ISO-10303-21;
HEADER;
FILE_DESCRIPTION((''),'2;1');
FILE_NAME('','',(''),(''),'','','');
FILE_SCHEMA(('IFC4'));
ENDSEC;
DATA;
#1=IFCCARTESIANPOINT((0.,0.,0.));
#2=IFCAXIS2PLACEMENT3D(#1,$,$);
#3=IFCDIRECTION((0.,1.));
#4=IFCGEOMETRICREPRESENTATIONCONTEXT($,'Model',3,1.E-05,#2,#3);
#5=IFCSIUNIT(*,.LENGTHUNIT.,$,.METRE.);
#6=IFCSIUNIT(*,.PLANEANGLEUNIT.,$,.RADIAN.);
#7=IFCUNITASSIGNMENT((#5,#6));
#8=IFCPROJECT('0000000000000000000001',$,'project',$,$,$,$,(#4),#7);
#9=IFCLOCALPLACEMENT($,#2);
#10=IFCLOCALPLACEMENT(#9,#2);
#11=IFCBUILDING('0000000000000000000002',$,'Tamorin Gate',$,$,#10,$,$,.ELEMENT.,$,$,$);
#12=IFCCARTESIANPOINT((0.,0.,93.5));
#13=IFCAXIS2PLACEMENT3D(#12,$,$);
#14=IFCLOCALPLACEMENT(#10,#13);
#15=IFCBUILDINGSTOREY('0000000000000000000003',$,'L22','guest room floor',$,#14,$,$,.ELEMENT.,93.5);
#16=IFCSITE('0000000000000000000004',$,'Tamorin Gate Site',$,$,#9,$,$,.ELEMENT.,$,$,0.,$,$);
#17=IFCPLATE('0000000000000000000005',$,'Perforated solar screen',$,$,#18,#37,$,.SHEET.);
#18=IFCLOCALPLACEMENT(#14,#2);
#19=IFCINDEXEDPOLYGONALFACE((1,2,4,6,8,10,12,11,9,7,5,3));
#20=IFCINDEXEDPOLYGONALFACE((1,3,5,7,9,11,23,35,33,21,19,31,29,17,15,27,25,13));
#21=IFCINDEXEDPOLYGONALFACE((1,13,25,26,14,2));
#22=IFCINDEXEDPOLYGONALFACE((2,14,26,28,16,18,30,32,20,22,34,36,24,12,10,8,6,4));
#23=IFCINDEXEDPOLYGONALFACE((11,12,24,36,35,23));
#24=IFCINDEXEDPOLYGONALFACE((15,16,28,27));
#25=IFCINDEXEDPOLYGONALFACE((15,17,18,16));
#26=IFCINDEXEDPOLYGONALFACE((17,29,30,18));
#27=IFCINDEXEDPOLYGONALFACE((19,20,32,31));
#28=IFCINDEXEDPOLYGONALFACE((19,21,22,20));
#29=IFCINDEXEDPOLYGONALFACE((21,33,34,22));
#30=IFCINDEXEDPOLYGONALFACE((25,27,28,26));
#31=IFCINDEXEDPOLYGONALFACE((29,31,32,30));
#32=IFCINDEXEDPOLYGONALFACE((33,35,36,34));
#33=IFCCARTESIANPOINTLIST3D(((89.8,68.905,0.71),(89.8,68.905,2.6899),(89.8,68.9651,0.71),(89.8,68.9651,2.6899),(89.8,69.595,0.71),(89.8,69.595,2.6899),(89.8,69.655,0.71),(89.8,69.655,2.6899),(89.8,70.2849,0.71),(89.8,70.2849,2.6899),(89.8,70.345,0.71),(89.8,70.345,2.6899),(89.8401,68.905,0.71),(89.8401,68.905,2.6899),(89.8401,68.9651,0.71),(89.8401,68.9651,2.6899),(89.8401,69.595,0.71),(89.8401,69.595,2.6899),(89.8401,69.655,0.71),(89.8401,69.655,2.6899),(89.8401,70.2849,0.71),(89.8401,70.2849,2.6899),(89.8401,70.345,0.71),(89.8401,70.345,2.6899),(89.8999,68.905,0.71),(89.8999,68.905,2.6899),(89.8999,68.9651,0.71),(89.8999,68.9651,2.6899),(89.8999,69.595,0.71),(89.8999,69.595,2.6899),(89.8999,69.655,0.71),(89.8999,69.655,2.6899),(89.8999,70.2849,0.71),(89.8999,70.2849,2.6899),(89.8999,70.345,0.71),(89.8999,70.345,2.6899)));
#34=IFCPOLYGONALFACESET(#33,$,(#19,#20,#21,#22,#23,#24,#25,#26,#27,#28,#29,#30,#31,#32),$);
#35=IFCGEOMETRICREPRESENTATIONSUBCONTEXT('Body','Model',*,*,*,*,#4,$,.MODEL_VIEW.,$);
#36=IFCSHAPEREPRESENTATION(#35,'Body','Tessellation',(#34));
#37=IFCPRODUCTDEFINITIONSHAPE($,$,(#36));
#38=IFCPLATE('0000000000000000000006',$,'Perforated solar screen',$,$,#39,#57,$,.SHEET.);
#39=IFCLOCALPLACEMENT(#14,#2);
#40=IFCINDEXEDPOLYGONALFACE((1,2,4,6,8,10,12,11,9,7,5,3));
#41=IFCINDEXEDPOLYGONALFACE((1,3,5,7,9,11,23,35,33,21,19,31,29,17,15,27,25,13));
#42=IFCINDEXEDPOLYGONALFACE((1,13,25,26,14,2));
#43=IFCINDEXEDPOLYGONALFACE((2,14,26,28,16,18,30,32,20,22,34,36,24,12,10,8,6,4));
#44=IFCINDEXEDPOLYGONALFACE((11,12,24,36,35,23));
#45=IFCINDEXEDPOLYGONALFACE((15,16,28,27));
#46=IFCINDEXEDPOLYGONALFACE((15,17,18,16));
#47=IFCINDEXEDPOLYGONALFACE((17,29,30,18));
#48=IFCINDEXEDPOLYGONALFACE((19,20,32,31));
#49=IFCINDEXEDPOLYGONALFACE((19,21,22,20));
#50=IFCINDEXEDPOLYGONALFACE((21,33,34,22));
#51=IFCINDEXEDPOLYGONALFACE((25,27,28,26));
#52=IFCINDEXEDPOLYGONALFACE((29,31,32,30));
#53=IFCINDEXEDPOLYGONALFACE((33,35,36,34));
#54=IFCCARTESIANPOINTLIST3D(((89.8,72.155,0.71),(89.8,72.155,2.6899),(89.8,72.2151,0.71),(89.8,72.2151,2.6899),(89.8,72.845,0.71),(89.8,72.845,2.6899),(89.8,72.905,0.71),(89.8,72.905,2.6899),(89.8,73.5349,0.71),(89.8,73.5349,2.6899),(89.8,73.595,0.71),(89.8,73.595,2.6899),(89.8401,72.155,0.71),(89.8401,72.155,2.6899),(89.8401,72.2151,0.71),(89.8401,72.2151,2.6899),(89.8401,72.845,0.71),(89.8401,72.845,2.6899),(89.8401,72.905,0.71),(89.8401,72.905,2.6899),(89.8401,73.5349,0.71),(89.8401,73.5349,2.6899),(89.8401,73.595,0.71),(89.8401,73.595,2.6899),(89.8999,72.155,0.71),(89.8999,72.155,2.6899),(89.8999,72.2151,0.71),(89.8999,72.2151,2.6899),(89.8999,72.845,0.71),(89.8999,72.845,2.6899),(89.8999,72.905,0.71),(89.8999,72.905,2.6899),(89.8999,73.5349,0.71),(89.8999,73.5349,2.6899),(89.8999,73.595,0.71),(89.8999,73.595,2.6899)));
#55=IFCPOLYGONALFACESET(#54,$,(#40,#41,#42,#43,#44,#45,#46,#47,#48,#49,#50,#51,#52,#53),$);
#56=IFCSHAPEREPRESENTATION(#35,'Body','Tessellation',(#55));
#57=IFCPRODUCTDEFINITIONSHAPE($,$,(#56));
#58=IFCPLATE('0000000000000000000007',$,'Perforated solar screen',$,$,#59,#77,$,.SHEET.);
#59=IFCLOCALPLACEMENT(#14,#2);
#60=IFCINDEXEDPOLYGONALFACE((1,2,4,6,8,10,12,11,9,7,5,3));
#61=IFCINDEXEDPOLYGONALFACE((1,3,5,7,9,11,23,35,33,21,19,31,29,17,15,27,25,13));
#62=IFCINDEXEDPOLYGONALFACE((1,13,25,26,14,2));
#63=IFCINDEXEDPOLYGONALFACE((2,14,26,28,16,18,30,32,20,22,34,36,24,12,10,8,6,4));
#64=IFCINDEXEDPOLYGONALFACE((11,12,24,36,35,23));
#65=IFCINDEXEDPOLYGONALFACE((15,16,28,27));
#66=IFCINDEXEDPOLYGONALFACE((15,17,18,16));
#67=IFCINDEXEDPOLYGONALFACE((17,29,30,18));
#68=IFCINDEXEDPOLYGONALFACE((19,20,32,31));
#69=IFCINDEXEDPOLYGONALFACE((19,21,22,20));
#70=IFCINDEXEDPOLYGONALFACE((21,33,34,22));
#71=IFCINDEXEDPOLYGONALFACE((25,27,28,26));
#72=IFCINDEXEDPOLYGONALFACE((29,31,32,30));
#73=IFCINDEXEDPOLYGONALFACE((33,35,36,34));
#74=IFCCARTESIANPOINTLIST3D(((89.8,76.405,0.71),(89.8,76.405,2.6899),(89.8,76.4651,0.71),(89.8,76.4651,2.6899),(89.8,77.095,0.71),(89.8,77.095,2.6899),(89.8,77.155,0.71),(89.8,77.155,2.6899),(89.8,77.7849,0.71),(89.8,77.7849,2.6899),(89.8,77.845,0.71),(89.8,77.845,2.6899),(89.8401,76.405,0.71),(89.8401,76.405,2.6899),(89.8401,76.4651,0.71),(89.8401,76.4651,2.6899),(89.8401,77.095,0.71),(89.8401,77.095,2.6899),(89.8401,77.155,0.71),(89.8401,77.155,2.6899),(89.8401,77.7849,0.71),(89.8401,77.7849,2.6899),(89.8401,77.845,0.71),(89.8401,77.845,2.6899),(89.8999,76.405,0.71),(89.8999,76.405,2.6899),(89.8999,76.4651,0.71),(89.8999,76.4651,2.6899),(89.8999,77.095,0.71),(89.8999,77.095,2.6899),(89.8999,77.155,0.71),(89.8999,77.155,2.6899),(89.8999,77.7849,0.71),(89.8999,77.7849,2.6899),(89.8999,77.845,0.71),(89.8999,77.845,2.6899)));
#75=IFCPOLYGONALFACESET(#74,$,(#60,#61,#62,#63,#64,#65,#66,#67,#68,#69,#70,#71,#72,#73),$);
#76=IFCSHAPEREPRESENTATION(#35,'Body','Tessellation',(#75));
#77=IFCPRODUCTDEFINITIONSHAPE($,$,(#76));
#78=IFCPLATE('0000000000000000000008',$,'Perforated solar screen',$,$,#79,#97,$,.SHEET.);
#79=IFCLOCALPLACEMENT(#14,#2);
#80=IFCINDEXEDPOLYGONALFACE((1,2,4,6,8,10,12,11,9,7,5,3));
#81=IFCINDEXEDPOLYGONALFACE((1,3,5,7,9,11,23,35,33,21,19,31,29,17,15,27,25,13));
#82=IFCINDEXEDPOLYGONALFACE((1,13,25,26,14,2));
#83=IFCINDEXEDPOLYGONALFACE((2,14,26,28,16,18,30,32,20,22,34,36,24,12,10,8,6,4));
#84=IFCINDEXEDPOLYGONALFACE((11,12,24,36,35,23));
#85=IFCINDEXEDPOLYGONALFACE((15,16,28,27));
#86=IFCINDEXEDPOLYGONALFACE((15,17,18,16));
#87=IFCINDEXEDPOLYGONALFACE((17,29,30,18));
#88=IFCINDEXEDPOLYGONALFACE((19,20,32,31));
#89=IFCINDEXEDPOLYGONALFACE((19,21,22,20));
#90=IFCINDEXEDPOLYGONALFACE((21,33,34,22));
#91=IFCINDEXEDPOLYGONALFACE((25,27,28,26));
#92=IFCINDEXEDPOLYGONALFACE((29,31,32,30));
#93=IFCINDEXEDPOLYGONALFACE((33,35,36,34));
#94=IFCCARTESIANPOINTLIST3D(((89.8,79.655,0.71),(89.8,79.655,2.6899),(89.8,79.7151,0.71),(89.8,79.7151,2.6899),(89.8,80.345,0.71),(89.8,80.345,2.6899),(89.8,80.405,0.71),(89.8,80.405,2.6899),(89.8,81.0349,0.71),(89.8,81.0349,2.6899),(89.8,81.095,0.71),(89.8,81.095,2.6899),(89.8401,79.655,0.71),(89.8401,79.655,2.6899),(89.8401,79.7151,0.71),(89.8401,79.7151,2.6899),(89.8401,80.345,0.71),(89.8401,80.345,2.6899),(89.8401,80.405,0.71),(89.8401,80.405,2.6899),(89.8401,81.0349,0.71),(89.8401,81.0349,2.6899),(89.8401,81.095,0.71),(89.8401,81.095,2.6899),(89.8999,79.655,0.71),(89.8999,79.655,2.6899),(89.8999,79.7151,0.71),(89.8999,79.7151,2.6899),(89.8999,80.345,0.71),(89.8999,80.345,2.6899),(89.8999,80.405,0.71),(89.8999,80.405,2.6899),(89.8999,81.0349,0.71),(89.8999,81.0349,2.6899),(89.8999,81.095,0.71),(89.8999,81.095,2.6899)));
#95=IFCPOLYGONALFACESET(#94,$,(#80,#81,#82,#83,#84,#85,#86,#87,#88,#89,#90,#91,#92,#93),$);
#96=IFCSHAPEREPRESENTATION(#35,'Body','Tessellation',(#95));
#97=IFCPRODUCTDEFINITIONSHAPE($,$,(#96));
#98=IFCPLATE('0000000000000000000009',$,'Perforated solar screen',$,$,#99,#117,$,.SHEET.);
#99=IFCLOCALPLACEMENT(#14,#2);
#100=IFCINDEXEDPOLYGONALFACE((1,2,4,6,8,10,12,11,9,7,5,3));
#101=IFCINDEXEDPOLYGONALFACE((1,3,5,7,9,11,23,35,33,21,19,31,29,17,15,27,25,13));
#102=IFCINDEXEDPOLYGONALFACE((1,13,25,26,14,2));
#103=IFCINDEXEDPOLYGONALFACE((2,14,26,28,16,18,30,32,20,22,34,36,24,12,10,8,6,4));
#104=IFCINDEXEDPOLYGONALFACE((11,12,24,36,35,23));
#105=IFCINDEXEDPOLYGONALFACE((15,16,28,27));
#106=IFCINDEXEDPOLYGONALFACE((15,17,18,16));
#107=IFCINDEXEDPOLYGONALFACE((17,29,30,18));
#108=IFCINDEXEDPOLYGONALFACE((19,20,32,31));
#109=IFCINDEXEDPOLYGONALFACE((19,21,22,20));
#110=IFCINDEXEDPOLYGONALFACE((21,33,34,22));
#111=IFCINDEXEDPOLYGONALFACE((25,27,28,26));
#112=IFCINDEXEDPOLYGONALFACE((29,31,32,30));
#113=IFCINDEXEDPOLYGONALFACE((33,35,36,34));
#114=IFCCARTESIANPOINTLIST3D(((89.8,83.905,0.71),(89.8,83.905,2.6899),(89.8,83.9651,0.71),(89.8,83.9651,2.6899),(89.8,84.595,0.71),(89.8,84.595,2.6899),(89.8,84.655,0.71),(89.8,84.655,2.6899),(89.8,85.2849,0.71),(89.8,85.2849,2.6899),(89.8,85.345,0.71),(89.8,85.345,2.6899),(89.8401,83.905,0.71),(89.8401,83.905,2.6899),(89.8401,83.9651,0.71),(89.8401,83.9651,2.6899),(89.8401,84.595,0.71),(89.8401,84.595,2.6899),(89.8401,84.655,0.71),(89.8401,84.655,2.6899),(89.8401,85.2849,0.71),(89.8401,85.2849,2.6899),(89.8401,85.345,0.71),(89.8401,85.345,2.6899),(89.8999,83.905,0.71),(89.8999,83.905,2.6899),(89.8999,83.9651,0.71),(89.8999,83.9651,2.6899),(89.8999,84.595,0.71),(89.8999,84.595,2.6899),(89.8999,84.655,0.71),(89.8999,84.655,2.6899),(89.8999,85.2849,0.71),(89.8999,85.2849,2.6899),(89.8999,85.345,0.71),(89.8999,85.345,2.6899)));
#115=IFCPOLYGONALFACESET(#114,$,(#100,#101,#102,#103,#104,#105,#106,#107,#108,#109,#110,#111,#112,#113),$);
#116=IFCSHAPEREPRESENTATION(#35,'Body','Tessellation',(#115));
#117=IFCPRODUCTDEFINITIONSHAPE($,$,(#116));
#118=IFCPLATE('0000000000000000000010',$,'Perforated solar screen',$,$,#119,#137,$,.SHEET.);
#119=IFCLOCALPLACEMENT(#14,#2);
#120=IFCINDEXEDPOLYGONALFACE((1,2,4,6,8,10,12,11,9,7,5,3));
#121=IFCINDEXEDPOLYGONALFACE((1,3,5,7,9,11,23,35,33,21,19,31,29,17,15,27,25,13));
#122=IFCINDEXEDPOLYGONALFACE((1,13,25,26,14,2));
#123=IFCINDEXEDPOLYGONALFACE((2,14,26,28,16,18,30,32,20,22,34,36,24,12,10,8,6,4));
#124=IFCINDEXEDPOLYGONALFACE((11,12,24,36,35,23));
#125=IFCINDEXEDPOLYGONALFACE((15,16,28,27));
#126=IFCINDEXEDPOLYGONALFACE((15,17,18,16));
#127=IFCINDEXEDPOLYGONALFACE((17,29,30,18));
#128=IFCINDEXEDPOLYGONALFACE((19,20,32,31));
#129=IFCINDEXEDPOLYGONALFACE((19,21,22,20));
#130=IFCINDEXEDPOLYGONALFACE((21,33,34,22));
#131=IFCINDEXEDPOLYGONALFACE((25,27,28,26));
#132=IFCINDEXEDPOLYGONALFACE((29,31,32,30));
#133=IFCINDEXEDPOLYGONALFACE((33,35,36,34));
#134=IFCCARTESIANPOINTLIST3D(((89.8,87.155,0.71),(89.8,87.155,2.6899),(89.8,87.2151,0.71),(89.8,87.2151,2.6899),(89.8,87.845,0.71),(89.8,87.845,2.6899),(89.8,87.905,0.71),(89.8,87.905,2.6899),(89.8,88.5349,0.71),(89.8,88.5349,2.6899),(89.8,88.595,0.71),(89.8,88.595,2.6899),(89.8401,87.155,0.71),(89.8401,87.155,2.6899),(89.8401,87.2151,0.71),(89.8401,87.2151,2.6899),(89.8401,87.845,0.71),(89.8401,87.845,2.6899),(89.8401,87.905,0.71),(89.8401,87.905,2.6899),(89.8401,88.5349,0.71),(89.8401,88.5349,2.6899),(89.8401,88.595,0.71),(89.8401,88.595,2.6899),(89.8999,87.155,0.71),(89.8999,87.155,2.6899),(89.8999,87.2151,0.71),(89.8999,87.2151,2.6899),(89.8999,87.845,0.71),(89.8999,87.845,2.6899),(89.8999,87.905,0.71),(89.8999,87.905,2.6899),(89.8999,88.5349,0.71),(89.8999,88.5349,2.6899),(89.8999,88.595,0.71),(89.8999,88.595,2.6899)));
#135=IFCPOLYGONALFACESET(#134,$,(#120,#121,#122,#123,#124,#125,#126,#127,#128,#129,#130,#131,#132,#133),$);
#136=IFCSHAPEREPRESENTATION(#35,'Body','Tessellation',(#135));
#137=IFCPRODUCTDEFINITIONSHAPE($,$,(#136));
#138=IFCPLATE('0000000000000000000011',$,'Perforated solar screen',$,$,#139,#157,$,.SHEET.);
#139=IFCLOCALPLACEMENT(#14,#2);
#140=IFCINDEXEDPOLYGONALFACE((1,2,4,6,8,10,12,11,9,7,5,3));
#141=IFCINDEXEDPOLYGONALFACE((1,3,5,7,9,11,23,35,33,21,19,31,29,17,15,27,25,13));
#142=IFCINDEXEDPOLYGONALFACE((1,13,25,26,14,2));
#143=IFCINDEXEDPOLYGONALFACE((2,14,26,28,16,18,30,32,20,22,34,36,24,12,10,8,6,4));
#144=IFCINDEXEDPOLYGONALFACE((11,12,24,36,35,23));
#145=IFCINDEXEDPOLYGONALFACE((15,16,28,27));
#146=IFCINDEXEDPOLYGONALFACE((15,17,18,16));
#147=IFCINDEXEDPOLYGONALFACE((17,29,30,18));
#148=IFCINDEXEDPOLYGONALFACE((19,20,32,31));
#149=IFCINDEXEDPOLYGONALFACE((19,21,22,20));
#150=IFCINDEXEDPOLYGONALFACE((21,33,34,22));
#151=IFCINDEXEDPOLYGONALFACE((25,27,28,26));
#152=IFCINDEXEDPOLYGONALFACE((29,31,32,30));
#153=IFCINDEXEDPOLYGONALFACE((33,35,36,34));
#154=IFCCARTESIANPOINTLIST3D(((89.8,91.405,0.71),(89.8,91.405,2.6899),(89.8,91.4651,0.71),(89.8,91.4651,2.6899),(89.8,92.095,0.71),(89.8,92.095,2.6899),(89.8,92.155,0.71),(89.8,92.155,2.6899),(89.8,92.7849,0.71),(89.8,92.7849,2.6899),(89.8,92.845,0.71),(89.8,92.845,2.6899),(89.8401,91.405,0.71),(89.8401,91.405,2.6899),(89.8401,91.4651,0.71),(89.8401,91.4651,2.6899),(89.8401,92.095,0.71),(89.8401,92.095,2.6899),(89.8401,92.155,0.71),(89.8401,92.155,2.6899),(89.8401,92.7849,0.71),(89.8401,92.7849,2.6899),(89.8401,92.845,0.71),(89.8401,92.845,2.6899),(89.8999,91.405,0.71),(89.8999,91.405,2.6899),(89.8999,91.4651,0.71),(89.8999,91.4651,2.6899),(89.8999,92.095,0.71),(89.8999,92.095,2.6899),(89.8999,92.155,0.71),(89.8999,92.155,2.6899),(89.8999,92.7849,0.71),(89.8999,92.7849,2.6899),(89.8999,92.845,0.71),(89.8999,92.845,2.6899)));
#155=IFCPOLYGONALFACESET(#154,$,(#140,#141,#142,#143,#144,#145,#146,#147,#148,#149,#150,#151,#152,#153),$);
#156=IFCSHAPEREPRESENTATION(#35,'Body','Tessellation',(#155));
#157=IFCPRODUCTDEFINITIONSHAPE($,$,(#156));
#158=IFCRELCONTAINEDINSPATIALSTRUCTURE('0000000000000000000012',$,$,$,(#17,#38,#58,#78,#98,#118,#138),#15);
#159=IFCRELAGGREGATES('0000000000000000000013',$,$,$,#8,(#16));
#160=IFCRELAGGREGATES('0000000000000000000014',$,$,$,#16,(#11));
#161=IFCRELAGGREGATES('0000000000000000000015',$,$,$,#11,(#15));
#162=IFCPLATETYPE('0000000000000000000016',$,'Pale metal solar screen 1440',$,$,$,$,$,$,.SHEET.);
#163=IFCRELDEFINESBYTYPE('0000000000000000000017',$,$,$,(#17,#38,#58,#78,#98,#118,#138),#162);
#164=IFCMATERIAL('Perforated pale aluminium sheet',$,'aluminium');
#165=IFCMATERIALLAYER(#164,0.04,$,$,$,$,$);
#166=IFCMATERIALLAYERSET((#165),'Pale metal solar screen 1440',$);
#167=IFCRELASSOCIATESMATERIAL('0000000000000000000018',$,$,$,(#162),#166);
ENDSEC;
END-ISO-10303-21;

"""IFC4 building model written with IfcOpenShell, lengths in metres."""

from ifc_helpers import new_model, si_unit, direction, frame, origin, place, context, subcontext, project, spatial, polyline, outline, extrude, material, layer, layer_set, type_object, element, save


model = new_model("IFC4")

# Units and contexts
model_context = context("Model", 3, precision=1e-05, world=origin(), true_north=direction((0.0, 1.0)))
body_context = subcontext(model_context, "Body", "Model", "MODEL_VIEW")
ifc_project = project(units=[si_unit("LENGTHUNIT", "METRE"), si_unit("PLANEANGLEUNIT", "RADIAN")], contexts=[model_context])

# Site, building, storey
site_placement = place(None, origin())
site = spatial("IfcSite", under=ifc_project, at=site_placement, Name="Tamorin Gate Site", CompositionType="ELEMENT", RefElevation=0.0)
building_placement = place(site_placement, origin())
building = spatial("IfcBuilding", under=site, at=building_placement, Name="Tamorin Gate", CompositionType="ELEMENT")
storey_placement = place(building_placement, frame((0.0, 0.0, 93.5)))
storey = spatial("IfcBuildingStorey", under=building, at=storey_placement, Name="L22", Description="guest room floor", CompositionType="ELEMENT", Elevation=93.5)

# Plates
ifc_material = material(Name="Perforated pale aluminium sheet", Category="aluminium")
ifc_layer = layer(ifc_material, 0.04)
ifc_layer_set = layer_set([ifc_layer], Name="Pale metal solar screen 1440")
plate_type = type_object("IfcPlateType", Name="Pale metal solar screen 1440", PredefinedType="SHEET", material=ifc_layer_set)
plate_1_placement = place(storey_placement, frame((0.0, 0.0, 0.71)))
element("IfcPlate", 1, at=plate_1_placement, inside=storey, type_object=plate_type, Name="Perforated solar screen", PredefinedType="SHEET", context=body_context, shape_type="SweptSolid", body=[
    extrude(outline(polyline([(89.8401, 68.905), (89.8, 68.905), (89.8, 68.9651), (89.8, 69.595), (89.8, 69.655), (89.8, 70.2849), (89.8, 70.345), (89.8401, 70.345), (89.8999, 70.345), (89.8999, 70.2849), (89.8401, 70.2849), (89.8401, 69.655), (89.8999, 69.655), (89.8999, 69.595), (89.8401, 69.595), (89.8401, 68.9651), (89.8999, 68.9651), (89.8999, 68.905), (89.8401, 68.905)])), origin(), (0.0, 0.0, 1.0), 1.98),
])
plate_2_placement = place(storey_placement, frame((0.0, 0.0, 0.71)))
element("IfcPlate", 2, at=plate_2_placement, inside=storey, type_object=plate_type, Name="Perforated solar screen", PredefinedType="SHEET", context=body_context, shape_type="SweptSolid", body=[
    extrude(outline(polyline([(89.8401, 72.155), (89.8, 72.155), (89.8, 72.2151), (89.8, 72.845), (89.8, 72.905), (89.8, 73.5349), (89.8, 73.595), (89.8401, 73.595), (89.8999, 73.595), (89.8999, 73.5349), (89.8401, 73.5349), (89.8401, 72.905), (89.8999, 72.905), (89.8999, 72.845), (89.8401, 72.845), (89.8401, 72.2151), (89.8999, 72.2151), (89.8999, 72.155), (89.8401, 72.155)])), origin(), (0.0, 0.0, 1.0), 1.98),
])
plate_3_placement = place(storey_placement, frame((0.0, 0.0, 0.71)))
element("IfcPlate", 3, at=plate_3_placement, inside=storey, type_object=plate_type, Name="Perforated solar screen", PredefinedType="SHEET", context=body_context, shape_type="SweptSolid", body=[
    extrude(outline(polyline([(89.8401, 76.405), (89.8, 76.405), (89.8, 76.4651), (89.8, 77.095), (89.8, 77.155), (89.8, 77.7849), (89.8, 77.845), (89.8401, 77.845), (89.8999, 77.845), (89.8999, 77.7849), (89.8401, 77.7849), (89.8401, 77.155), (89.8999, 77.155), (89.8999, 77.095), (89.8401, 77.095), (89.8401, 76.4651), (89.8999, 76.4651), (89.8999, 76.405), (89.8401, 76.405)])), origin(), (0.0, 0.0, 1.0), 1.98),
])
plate_4_placement = place(storey_placement, frame((0.0, 0.0, 0.71)))
element("IfcPlate", 4, at=plate_4_placement, inside=storey, type_object=plate_type, Name="Perforated solar screen", PredefinedType="SHEET", context=body_context, shape_type="SweptSolid", body=[
    extrude(outline(polyline([(89.8401, 79.655), (89.8, 79.655), (89.8, 79.7151), (89.8, 80.345), (89.8, 80.405), (89.8, 81.0349), (89.8, 81.095), (89.8401, 81.095), (89.8999, 81.095), (89.8999, 81.0349), (89.8401, 81.0349), (89.8401, 80.405), (89.8999, 80.405), (89.8999, 80.345), (89.8401, 80.345), (89.8401, 79.7151), (89.8999, 79.7151), (89.8999, 79.655), (89.8401, 79.655)])), origin(), (0.0, 0.0, 1.0), 1.98),
])
plate_5_placement = place(storey_placement, frame((0.0, 0.0, 0.71)))
element("IfcPlate", 5, at=plate_5_placement, inside=storey, type_object=plate_type, Name="Perforated solar screen", PredefinedType="SHEET", context=body_context, shape_type="SweptSolid", body=[
    extrude(outline(polyline([(89.8401, 83.905), (89.8, 83.905), (89.8, 83.9651), (89.8, 84.595), (89.8, 84.655), (89.8, 85.2849), (89.8, 85.345), (89.8401, 85.345), (89.8999, 85.345), (89.8999, 85.2849), (89.8401, 85.2849), (89.8401, 84.655), (89.8999, 84.655), (89.8999, 84.595), (89.8401, 84.595), (89.8401, 83.9651), (89.8999, 83.9651), (89.8999, 83.905), (89.8401, 83.905)])), origin(), (0.0, 0.0, 1.0), 1.98),
])
plate_6_placement = place(storey_placement, frame((0.0, 0.0, 0.71)))
element("IfcPlate", 6, at=plate_6_placement, inside=storey, type_object=plate_type, Name="Perforated solar screen", PredefinedType="SHEET", context=body_context, shape_type="SweptSolid", body=[
    extrude(outline(polyline([(89.8401, 87.155), (89.8, 87.155), (89.8, 87.2151), (89.8, 87.845), (89.8, 87.905), (89.8, 88.5349), (89.8, 88.595), (89.8401, 88.595), (89.8999, 88.595), (89.8999, 88.5349), (89.8401, 88.5349), (89.8401, 87.905), (89.8999, 87.905), (89.8999, 87.845), (89.8401, 87.845), (89.8401, 87.2151), (89.8999, 87.2151), (89.8999, 87.155), (89.8401, 87.155)])), origin(), (0.0, 0.0, 1.0), 1.98),
])
plate_7_placement = place(storey_placement, frame((0.0, 0.0, 0.71)))
element("IfcPlate", 7, at=plate_7_placement, inside=storey, type_object=plate_type, Name="Perforated solar screen", PredefinedType="SHEET", context=body_context, shape_type="SweptSolid", body=[
    extrude(outline(polyline([(89.8401, 91.405), (89.8, 91.405), (89.8, 91.4651), (89.8, 92.095), (89.8, 92.155), (89.8, 92.7849), (89.8, 92.845), (89.8401, 92.845), (89.8999, 92.845), (89.8999, 92.7849), (89.8401, 92.7849), (89.8401, 92.155), (89.8999, 92.155), (89.8999, 92.095), (89.8401, 92.095), (89.8401, 91.4651), (89.8999, 91.4651), (89.8999, 91.405), (89.8401, 91.405)])), origin(), (0.0, 0.0, 1.0), 1.98),
])

save(model, "model.ifc")
